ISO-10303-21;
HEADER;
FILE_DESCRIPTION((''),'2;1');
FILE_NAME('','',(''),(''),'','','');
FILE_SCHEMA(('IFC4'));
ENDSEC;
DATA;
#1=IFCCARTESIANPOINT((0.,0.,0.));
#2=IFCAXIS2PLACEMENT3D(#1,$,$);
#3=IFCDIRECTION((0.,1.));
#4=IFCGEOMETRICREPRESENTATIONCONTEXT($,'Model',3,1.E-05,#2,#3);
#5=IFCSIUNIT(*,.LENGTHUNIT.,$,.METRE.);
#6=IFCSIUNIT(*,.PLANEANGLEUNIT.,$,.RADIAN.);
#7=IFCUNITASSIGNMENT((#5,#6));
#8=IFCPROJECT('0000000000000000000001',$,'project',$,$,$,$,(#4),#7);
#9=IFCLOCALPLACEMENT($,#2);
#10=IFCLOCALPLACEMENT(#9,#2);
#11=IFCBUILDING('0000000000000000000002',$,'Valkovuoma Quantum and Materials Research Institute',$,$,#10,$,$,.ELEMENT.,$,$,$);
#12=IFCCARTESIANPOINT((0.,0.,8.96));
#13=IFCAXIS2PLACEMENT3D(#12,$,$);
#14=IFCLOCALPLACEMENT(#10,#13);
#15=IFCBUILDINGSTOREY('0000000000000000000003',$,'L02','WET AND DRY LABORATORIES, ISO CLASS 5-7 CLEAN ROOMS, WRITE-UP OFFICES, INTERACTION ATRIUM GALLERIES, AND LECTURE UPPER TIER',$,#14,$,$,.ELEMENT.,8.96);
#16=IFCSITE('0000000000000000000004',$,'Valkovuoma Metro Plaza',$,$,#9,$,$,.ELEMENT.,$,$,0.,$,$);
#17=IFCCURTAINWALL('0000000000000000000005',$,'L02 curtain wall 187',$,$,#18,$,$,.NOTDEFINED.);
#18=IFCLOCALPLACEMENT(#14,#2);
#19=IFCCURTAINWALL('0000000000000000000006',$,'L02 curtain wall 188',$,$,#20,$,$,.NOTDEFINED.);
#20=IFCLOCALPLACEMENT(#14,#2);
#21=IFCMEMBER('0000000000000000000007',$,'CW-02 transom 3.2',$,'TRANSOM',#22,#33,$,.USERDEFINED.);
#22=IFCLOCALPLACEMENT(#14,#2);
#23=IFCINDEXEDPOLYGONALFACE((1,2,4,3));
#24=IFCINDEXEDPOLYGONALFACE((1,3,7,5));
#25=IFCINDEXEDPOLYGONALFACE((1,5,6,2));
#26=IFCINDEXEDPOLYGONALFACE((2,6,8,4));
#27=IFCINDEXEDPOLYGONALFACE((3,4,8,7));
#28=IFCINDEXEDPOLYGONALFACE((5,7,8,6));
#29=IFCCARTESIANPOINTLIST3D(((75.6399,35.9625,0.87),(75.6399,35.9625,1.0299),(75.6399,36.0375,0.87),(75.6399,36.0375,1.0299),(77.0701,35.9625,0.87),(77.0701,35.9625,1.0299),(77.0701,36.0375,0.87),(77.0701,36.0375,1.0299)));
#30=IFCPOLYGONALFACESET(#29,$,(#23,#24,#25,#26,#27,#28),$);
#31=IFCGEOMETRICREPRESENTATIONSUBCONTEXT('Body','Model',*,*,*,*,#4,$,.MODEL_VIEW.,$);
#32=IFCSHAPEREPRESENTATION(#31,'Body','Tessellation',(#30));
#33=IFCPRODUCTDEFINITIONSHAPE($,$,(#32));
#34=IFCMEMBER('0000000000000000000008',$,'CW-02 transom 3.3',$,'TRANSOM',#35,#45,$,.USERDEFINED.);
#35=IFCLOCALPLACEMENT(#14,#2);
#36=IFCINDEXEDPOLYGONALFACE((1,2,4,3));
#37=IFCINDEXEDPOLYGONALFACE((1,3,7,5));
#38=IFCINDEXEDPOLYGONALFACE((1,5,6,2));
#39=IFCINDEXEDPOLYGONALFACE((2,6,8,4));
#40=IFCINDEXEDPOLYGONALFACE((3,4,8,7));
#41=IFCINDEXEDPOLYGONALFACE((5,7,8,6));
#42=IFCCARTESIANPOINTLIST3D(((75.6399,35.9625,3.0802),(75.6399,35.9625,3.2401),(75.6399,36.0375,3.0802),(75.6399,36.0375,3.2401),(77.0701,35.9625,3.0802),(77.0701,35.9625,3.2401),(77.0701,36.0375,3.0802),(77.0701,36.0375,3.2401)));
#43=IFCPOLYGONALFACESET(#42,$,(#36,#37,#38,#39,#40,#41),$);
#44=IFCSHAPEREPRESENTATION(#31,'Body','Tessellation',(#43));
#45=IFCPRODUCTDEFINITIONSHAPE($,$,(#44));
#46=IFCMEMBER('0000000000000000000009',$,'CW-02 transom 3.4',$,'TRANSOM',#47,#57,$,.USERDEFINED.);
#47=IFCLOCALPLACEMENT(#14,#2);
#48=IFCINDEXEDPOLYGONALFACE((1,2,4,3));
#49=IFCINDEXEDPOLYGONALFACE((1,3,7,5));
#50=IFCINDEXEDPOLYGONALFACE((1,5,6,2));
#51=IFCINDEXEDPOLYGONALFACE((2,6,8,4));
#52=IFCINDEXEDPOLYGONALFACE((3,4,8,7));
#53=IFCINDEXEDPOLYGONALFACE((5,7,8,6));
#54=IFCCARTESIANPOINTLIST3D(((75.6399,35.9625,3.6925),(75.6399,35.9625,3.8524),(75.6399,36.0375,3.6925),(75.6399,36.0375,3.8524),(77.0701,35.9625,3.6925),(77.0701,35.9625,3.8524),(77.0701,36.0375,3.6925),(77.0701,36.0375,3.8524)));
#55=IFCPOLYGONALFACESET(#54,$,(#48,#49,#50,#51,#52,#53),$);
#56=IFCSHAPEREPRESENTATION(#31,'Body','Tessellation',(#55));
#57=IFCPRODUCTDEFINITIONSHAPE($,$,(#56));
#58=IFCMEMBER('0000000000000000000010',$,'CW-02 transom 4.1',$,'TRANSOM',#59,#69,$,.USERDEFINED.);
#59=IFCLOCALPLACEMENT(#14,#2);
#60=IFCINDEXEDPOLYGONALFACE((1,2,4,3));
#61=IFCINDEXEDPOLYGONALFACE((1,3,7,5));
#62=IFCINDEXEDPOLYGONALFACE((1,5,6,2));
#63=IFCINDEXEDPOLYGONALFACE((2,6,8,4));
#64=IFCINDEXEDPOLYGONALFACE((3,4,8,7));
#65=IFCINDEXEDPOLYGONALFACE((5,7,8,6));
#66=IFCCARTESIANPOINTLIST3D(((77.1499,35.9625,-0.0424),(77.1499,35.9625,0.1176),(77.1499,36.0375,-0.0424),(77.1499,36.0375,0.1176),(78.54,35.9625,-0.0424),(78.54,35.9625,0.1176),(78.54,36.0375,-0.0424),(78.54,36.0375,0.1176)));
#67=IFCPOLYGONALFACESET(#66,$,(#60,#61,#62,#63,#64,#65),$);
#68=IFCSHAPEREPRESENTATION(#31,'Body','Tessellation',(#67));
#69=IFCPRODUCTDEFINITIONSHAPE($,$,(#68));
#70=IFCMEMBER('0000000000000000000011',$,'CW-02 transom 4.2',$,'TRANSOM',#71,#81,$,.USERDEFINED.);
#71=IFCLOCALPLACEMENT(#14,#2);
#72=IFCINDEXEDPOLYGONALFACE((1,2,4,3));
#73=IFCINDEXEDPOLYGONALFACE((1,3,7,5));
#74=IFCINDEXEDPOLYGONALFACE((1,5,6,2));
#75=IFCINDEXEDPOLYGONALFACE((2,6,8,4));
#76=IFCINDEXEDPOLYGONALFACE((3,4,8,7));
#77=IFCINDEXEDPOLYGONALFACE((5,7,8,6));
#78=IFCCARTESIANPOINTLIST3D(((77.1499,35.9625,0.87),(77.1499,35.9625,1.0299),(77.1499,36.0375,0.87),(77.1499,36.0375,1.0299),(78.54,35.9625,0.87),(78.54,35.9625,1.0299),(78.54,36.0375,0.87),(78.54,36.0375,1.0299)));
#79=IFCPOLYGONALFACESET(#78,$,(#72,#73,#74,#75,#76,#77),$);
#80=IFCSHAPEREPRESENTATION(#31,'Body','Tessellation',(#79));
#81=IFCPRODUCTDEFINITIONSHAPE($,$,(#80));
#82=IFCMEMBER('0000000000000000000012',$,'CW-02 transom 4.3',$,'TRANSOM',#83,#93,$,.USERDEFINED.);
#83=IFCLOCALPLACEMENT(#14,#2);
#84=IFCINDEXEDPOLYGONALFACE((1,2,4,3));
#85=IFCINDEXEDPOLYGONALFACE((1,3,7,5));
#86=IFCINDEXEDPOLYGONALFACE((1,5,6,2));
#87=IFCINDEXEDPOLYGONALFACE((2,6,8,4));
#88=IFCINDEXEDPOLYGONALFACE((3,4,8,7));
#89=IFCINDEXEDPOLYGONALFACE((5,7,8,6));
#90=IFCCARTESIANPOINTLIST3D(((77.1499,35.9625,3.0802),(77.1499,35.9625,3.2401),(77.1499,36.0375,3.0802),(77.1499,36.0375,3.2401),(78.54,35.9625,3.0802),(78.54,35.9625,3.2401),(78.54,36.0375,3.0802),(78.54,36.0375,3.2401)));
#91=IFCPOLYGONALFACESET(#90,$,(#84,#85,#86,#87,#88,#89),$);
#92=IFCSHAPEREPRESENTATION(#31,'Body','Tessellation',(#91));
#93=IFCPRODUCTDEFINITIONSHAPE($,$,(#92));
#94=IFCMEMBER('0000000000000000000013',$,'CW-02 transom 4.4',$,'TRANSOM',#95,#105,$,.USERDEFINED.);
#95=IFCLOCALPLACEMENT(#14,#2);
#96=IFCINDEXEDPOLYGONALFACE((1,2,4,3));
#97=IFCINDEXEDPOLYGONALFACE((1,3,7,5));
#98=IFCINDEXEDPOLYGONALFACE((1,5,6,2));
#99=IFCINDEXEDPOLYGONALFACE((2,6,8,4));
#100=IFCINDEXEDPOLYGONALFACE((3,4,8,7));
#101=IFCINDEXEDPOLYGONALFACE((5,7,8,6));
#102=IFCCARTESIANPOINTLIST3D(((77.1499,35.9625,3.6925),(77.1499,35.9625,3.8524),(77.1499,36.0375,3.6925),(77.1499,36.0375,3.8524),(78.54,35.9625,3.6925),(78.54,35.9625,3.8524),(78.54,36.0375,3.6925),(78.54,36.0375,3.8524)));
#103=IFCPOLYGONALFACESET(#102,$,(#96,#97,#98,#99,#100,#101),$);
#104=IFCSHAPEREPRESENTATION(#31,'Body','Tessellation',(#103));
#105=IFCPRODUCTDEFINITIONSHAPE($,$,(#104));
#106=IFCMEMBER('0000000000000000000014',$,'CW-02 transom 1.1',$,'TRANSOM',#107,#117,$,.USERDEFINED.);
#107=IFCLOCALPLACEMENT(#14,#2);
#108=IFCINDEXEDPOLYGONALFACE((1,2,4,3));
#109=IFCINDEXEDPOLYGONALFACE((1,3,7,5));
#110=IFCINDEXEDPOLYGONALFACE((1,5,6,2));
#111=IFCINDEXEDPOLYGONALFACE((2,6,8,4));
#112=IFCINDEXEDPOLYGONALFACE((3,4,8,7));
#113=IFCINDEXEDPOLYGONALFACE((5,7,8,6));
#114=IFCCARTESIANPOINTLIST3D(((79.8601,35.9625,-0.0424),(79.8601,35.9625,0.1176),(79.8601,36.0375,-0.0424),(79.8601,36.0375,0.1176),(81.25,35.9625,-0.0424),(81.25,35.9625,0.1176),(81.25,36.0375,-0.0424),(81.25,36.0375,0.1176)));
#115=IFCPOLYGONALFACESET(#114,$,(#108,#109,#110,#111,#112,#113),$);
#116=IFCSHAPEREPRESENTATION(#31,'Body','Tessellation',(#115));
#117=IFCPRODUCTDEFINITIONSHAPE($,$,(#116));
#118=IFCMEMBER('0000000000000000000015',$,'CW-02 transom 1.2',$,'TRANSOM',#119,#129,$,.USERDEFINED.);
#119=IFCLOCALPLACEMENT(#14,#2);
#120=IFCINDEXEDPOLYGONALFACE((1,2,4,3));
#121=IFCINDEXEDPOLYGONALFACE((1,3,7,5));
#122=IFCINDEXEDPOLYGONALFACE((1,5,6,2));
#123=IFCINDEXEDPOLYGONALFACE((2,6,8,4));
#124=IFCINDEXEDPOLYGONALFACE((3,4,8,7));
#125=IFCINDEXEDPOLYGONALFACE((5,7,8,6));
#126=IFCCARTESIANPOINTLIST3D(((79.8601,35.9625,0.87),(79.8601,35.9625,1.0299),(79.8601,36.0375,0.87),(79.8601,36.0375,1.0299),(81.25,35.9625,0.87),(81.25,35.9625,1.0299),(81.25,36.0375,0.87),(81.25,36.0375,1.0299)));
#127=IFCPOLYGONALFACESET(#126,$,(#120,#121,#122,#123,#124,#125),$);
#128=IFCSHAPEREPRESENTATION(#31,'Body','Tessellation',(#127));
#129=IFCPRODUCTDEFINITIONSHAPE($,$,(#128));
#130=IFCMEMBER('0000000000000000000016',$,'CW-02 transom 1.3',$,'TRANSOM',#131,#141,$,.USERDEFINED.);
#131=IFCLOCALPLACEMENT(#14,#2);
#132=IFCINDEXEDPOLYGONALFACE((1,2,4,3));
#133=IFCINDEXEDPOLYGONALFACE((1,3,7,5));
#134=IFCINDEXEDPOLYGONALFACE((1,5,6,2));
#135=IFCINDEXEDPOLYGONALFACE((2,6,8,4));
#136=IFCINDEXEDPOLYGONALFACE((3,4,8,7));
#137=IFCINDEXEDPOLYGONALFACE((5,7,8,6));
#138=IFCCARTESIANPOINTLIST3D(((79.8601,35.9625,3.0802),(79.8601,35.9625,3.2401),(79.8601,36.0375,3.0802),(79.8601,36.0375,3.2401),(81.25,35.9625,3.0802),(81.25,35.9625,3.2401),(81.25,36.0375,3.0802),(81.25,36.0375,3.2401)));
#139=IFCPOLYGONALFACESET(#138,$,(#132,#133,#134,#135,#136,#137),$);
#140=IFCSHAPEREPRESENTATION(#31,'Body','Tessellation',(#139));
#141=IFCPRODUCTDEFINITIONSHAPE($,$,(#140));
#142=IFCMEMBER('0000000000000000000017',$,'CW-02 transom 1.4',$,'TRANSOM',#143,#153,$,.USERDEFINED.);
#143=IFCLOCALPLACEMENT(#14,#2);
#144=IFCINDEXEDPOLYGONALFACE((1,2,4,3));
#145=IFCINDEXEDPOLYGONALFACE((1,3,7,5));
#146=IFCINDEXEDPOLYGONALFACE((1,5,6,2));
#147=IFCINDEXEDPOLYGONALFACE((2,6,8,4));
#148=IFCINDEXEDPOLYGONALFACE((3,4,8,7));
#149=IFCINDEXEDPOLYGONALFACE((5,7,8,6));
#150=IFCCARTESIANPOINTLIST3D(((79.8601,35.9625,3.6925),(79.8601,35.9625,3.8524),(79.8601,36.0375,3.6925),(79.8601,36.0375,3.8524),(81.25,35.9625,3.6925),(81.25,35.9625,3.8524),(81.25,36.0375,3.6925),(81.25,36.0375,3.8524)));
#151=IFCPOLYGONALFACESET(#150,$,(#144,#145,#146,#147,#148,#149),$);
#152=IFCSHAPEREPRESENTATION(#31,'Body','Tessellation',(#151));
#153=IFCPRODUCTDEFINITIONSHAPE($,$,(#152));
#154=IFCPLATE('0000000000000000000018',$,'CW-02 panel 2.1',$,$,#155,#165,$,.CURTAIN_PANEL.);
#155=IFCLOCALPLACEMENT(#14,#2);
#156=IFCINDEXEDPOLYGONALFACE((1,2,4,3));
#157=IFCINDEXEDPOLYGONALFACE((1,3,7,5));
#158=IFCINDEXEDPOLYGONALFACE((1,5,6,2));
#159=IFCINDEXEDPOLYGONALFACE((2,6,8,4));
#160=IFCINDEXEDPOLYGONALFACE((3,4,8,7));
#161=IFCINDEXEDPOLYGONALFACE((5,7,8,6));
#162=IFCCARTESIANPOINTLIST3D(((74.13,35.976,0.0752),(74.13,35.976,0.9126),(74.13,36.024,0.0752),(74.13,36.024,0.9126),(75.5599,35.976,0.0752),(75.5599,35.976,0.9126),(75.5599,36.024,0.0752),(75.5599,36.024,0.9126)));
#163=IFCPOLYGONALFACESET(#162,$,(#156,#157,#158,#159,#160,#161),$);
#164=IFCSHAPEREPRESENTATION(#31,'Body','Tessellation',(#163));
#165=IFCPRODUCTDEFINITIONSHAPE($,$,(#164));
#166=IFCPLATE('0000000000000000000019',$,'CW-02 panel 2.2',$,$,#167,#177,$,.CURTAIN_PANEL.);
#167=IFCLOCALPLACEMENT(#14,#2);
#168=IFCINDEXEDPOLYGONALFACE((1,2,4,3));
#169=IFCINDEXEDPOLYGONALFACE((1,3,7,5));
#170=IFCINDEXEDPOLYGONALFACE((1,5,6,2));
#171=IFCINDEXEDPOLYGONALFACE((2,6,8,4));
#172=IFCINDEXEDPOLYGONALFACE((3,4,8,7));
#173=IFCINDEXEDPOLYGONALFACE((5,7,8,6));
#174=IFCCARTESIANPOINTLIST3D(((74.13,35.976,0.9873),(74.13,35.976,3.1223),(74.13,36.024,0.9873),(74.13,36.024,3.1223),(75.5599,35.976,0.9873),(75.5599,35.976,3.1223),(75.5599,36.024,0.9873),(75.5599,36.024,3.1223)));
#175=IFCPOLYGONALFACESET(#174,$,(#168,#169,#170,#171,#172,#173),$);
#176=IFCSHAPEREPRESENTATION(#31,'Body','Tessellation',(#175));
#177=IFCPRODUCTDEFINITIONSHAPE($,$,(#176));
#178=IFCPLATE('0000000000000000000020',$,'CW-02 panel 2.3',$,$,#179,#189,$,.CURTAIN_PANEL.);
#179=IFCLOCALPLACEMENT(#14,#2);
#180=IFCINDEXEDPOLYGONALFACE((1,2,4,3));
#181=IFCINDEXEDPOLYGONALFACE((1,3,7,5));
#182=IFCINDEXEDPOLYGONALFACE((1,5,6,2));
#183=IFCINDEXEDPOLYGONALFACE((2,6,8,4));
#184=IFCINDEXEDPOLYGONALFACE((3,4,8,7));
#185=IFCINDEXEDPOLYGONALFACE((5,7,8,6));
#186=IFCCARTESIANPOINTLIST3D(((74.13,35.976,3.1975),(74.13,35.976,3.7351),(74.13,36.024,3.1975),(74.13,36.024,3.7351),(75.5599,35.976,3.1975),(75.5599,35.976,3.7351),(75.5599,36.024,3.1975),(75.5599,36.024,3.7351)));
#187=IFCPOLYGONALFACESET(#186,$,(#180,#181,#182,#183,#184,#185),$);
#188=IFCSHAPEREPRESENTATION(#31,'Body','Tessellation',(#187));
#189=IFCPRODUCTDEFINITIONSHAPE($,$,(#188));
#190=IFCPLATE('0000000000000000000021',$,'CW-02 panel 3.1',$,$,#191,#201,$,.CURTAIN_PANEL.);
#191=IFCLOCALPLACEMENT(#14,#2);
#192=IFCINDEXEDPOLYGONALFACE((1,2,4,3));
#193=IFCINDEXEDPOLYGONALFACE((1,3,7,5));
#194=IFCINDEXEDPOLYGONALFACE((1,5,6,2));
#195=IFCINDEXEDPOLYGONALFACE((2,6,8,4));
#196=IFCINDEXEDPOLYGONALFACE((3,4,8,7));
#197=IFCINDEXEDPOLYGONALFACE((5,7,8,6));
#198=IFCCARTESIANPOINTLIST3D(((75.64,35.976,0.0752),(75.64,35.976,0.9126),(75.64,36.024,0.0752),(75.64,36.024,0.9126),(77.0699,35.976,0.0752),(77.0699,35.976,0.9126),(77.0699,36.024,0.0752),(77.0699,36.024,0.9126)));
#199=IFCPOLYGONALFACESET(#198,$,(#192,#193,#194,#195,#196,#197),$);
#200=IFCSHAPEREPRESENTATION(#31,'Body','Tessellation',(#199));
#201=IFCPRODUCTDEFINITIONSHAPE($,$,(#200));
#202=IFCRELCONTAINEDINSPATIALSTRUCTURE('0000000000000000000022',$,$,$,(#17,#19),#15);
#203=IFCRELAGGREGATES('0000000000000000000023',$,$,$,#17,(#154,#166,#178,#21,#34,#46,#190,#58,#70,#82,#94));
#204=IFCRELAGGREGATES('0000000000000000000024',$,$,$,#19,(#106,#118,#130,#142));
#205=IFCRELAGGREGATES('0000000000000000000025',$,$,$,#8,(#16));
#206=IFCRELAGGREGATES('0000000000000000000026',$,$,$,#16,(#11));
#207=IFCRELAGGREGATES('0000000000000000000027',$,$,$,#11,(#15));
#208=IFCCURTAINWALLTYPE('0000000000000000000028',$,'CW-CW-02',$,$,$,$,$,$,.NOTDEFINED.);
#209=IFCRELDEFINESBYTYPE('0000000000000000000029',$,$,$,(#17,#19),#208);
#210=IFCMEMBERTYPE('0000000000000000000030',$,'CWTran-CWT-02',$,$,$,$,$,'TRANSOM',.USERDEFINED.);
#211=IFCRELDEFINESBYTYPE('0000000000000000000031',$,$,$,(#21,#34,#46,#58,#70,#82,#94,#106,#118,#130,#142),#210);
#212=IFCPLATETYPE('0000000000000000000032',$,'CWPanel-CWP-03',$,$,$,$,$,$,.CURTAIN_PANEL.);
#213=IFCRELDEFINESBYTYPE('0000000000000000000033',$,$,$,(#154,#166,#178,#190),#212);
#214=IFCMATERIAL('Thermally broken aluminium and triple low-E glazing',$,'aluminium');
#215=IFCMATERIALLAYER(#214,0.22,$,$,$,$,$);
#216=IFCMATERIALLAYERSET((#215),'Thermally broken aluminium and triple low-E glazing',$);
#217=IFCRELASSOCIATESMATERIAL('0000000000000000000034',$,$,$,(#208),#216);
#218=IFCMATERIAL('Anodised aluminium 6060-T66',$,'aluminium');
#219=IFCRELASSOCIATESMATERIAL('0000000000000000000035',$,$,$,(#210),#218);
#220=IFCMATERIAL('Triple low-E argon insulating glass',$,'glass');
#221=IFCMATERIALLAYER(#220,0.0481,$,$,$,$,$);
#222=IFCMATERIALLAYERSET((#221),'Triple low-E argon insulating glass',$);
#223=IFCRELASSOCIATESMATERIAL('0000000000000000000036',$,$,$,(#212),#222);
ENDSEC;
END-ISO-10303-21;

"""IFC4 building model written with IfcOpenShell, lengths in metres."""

from ifc_helpers import new_model, si_unit, direction, frame, origin, origin_2d, place, context, subcontext, project, spatial, rectangle, extrude, material, layer, layer_set, material_profile, profile_set, type_object, element, aggregate, save


model = new_model("IFC4")

# Units and contexts
model_context = context("Model", 3, precision=1e-05, world=origin(), true_north=direction((0.0, 1.0)))
body_context = subcontext(model_context, "Body", "Model", "MODEL_VIEW")
ifc_project = project(units=[si_unit("LENGTHUNIT", "METRE"), si_unit("PLANEANGLEUNIT", "RADIAN")], contexts=[model_context])

# Site, building, storey
site_placement = place(None, origin())
site = spatial("IfcSite", under=ifc_project, at=site_placement, Name="Valkovuoma Metro Plaza", CompositionType="ELEMENT", RefElevation=0.0)
building_placement = place(site_placement, origin())
building = spatial("IfcBuilding", under=site, at=building_placement, Name="Valkovuoma Quantum and Materials Research Institute", CompositionType="ELEMENT")
storey_placement = place(building_placement, frame((0.0, 0.0, 8.96)))
storey = spatial("IfcBuildingStorey", under=building, at=storey_placement, Name="L02", Description="WET AND DRY LABORATORIES, ISO CLASS 5-7 CLEAN ROOMS, WRITE-UP OFFICES, INTERACTION ATRIUM GALLERIES, AND LECTURE UPPER TIER", CompositionType="ELEMENT", Elevation=8.96)

# Curtain wall
ifc_material_1 = material(Name="Thermally broken aluminium and triple low-E glazing", Category="aluminium")
ifc_layer_1 = layer(ifc_material_1, 0.22)
ifc_layer_set_1 = layer_set([ifc_layer_1], Name="Thermally broken aluminium and triple low-E glazing")
curtain_wall_type = type_object("IfcCurtainWallType", Name="CW-CW-02", PredefinedType="NOTDEFINED", material=ifc_layer_set_1)
curtain_wall_1_placement = place(storey_placement, origin())
curtain_wall_1 = element("IfcCurtainWall", 1, at=curtain_wall_1_placement, inside=storey, type_object=curtain_wall_type, Name="L02 curtain wall 187", PredefinedType="NOTDEFINED")

# Curtain wall
curtain_wall_2_placement = place(storey_placement, origin())
curtain_wall_2 = element("IfcCurtainWall", 2, at=curtain_wall_2_placement, inside=storey, type_object=curtain_wall_type, Name="L02 curtain wall 188", PredefinedType="NOTDEFINED")

# Members
ifc_material_2 = material(Name="Anodised aluminium 6060-T66", Category="aluminium")
ifc_material_profile_1 = material_profile(ifc_material_2, rectangle(XDim=0.075, YDim=0.1599, at=origin_2d()), Name="Anodised aluminium 6060-T66")
ifc_profile_set_1 = profile_set([ifc_material_profile_1], Name="Anodised aluminium 6060-T66")
member_type_1 = type_object("IfcMemberType", Name="CWTran-CWT-02", ElementType="TRANSOM", PredefinedType="USERDEFINED", material=ifc_profile_set_1)
member_1_placement = place(storey_placement, frame((75.6399, 36.0, 0.95), z_axis=(1.0, 0.0, 0.0), x_axis=(0.0, 1.0, 0.0)))
member_1 = element("IfcMember", 3, at=member_1_placement, type_object=member_type_1, Name="CW-02 transom 3.2", ObjectType="TRANSOM", PredefinedType="USERDEFINED", context=body_context, shape_type="SweptSolid", body=[
    extrude(rectangle(XDim=0.075, YDim=0.1599, at=origin_2d()), origin(), (0.0, 0.0, 1.0), 1.4302),
])
member_2_placement = place(storey_placement, frame((75.6399, 36.0, 3.1602), z_axis=(1.0, 0.0, 0.0), x_axis=(0.0, 1.0, 0.0)))
member_2 = element("IfcMember", 4, at=member_2_placement, type_object=member_type_1, Name="CW-02 transom 3.3", ObjectType="TRANSOM", PredefinedType="USERDEFINED", context=body_context, shape_type="SweptSolid", body=[
    extrude(rectangle(XDim=0.075, YDim=0.1599, at=origin_2d()), origin(), (0.0, 0.0, 1.0), 1.4302),
])
member_3_placement = place(storey_placement, frame((75.6399, 36.0, 3.7725), z_axis=(1.0, 0.0, 0.0), x_axis=(0.0, 1.0, 0.0)))
member_3 = element("IfcMember", 5, at=member_3_placement, type_object=member_type_1, Name="CW-02 transom 3.4", ObjectType="TRANSOM", PredefinedType="USERDEFINED", context=body_context, shape_type="SweptSolid", body=[
    extrude(rectangle(XDim=0.075, YDim=0.1599, at=origin_2d()), origin(), (0.0, 0.0, 1.0), 1.4302),
])
member_4_placement = place(storey_placement, frame((77.1499, 36.0, 0.0376), z_axis=(1.0, 0.0, 0.0), x_axis=(0.0, 1.0, 0.0)))
member_4 = element("IfcMember", 6, at=member_4_placement, type_object=member_type_1, Name="CW-02 transom 4.1", ObjectType="TRANSOM", PredefinedType="USERDEFINED", context=body_context, shape_type="SweptSolid", body=[
    extrude(rectangle(XDim=0.075, YDim=0.1599, at=origin_2d()), origin(), (0.0, 0.0, 1.0), 1.3901),
])
member_5_placement = place(storey_placement, frame((77.1499, 36.0, 0.95), z_axis=(1.0, 0.0, 0.0), x_axis=(0.0, 1.0, 0.0)))
member_5 = element("IfcMember", 7, at=member_5_placement, type_object=member_type_1, Name="CW-02 transom 4.2", ObjectType="TRANSOM", PredefinedType="USERDEFINED", context=body_context, shape_type="SweptSolid", body=[
    extrude(rectangle(XDim=0.075, YDim=0.1599, at=origin_2d()), origin(), (0.0, 0.0, 1.0), 1.3901),
])
member_6_placement = place(storey_placement, frame((77.1499, 36.0, 3.1602), z_axis=(1.0, 0.0, 0.0), x_axis=(0.0, 1.0, 0.0)))
member_6 = element("IfcMember", 8, at=member_6_placement, type_object=member_type_1, Name="CW-02 transom 4.3", ObjectType="TRANSOM", PredefinedType="USERDEFINED", context=body_context, shape_type="SweptSolid", body=[
    extrude(rectangle(XDim=0.075, YDim=0.1599, at=origin_2d()), origin(), (0.0, 0.0, 1.0), 1.3901),
])
member_7_placement = place(storey_placement, frame((77.1499, 36.0, 3.7725), z_axis=(1.0, 0.0, 0.0), x_axis=(0.0, 1.0, 0.0)))
member_7 = element("IfcMember", 9, at=member_7_placement, type_object=member_type_1, Name="CW-02 transom 4.4", ObjectType="TRANSOM", PredefinedType="USERDEFINED", context=body_context, shape_type="SweptSolid", body=[
    extrude(rectangle(XDim=0.075, YDim=0.1599, at=origin_2d()), origin(), (0.0, 0.0, 1.0), 1.3901),
])
member_8_placement = place(storey_placement, frame((79.8601, 36.0, 0.0376), z_axis=(1.0, 0.0, 0.0), x_axis=(0.0, 1.0, 0.0)))
member_8 = element("IfcMember", 10, at=member_8_placement, type_object=member_type_1, Name="CW-02 transom 1.1", ObjectType="TRANSOM", PredefinedType="USERDEFINED", context=body_context, shape_type="SweptSolid", body=[
    extrude(rectangle(XDim=0.075, YDim=0.1599, at=origin_2d()), origin(), (0.0, 0.0, 1.0), 1.3899),
])
member_9_placement = place(storey_placement, frame((79.8601, 36.0, 0.95), z_axis=(1.0, 0.0, 0.0), x_axis=(0.0, 1.0, 0.0)))
member_9 = element("IfcMember", 11, at=member_9_placement, type_object=member_type_1, Name="CW-02 transom 1.2", ObjectType="TRANSOM", PredefinedType="USERDEFINED", context=body_context, shape_type="SweptSolid", body=[
    extrude(rectangle(XDim=0.075, YDim=0.1599, at=origin_2d()), origin(), (0.0, 0.0, 1.0), 1.3899),
])
member_10_placement = place(storey_placement, frame((79.8601, 36.0, 3.1602), z_axis=(1.0, 0.0, 0.0), x_axis=(0.0, 1.0, 0.0)))
member_10 = element("IfcMember", 12, at=member_10_placement, type_object=member_type_1, Name="CW-02 transom 1.3", ObjectType="TRANSOM", PredefinedType="USERDEFINED", context=body_context, shape_type="SweptSolid", body=[
    extrude(rectangle(XDim=0.075, YDim=0.1599, at=origin_2d()), origin(), (0.0, 0.0, 1.0), 1.3899),
])
member_11_placement = place(storey_placement, frame((79.8601, 36.0, 3.7725), z_axis=(1.0, 0.0, 0.0), x_axis=(0.0, 1.0, 0.0)))
member_11 = element("IfcMember", 13, at=member_11_placement, type_object=member_type_1, Name="CW-02 transom 1.4", ObjectType="TRANSOM", PredefinedType="USERDEFINED", context=body_context, shape_type="SweptSolid", body=[
    extrude(rectangle(XDim=0.075, YDim=0.1599, at=origin_2d()), origin(), (0.0, 0.0, 1.0), 1.3899),
])

# Plates
ifc_material_3 = material(Name="Triple low-E argon insulating glass", Category="glass")
ifc_layer_2 = layer(ifc_material_3, 0.0481)
ifc_layer_set_2 = layer_set([ifc_layer_2], Name="Triple low-E argon insulating glass")
plate_type_1 = type_object("IfcPlateType", Name="CWPanel-CWP-03", PredefinedType="CURTAIN_PANEL", material=ifc_layer_set_2)
plate_1_placement = place(storey_placement, frame((74.845, 36.0, 0.0752), z_axis=(0.0, 0.0, 1.0), x_axis=(1.0, 0.0, 0.0)))
plate_1 = element("IfcPlate", 14, at=plate_1_placement, type_object=plate_type_1, Name="CW-02 panel 2.1", PredefinedType="CURTAIN_PANEL", context=body_context, shape_type="SweptSolid", body=[
    extrude(rectangle(XDim=1.4299, YDim=0.0481, at=origin_2d()), origin(), (0.0, 0.0, 1.0), 0.8374),
])
plate_2_placement = place(storey_placement, frame((74.845, 36.0, 0.9873), z_axis=(0.0, 0.0, 1.0), x_axis=(1.0, 0.0, 0.0)))
plate_2 = element("IfcPlate", 15, at=plate_2_placement, type_object=plate_type_1, Name="CW-02 panel 2.2", PredefinedType="CURTAIN_PANEL", context=body_context, shape_type="SweptSolid", body=[
    extrude(rectangle(XDim=1.4299, YDim=0.0481, at=origin_2d()), origin(), (0.0, 0.0, 1.0), 2.135),
])
plate_3_placement = place(storey_placement, frame((74.845, 36.0, 3.1975), z_axis=(0.0, 0.0, 1.0), x_axis=(1.0, 0.0, 0.0)))
plate_3 = element("IfcPlate", 16, at=plate_3_placement, type_object=plate_type_1, Name="CW-02 panel 2.3", PredefinedType="CURTAIN_PANEL", context=body_context, shape_type="SweptSolid", body=[
    extrude(rectangle(XDim=1.4299, YDim=0.0481, at=origin_2d()), origin(), (0.0, 0.0, 1.0), 0.5376),
])
plate_4_placement = place(storey_placement, frame((76.355, 36.0, 0.0752), z_axis=(0.0, 0.0, 1.0), x_axis=(1.0, 0.0, 0.0)))
plate_4 = element("IfcPlate", 17, at=plate_4_placement, type_object=plate_type_1, Name="CW-02 panel 3.1", PredefinedType="CURTAIN_PANEL", context=body_context, shape_type="SweptSolid", body=[
    extrude(rectangle(XDim=1.4299, YDim=0.0481, at=origin_2d()), origin(), (0.0, 0.0, 1.0), 0.8374),
])
aggregate(curtain_wall_1, [plate_1, plate_2, plate_3, member_1, member_2, member_3, plate_4, member_4, member_5, member_6, member_7])
aggregate(curtain_wall_2, [member_8, member_9, member_10, member_11])

save(model, "model.ifc")
